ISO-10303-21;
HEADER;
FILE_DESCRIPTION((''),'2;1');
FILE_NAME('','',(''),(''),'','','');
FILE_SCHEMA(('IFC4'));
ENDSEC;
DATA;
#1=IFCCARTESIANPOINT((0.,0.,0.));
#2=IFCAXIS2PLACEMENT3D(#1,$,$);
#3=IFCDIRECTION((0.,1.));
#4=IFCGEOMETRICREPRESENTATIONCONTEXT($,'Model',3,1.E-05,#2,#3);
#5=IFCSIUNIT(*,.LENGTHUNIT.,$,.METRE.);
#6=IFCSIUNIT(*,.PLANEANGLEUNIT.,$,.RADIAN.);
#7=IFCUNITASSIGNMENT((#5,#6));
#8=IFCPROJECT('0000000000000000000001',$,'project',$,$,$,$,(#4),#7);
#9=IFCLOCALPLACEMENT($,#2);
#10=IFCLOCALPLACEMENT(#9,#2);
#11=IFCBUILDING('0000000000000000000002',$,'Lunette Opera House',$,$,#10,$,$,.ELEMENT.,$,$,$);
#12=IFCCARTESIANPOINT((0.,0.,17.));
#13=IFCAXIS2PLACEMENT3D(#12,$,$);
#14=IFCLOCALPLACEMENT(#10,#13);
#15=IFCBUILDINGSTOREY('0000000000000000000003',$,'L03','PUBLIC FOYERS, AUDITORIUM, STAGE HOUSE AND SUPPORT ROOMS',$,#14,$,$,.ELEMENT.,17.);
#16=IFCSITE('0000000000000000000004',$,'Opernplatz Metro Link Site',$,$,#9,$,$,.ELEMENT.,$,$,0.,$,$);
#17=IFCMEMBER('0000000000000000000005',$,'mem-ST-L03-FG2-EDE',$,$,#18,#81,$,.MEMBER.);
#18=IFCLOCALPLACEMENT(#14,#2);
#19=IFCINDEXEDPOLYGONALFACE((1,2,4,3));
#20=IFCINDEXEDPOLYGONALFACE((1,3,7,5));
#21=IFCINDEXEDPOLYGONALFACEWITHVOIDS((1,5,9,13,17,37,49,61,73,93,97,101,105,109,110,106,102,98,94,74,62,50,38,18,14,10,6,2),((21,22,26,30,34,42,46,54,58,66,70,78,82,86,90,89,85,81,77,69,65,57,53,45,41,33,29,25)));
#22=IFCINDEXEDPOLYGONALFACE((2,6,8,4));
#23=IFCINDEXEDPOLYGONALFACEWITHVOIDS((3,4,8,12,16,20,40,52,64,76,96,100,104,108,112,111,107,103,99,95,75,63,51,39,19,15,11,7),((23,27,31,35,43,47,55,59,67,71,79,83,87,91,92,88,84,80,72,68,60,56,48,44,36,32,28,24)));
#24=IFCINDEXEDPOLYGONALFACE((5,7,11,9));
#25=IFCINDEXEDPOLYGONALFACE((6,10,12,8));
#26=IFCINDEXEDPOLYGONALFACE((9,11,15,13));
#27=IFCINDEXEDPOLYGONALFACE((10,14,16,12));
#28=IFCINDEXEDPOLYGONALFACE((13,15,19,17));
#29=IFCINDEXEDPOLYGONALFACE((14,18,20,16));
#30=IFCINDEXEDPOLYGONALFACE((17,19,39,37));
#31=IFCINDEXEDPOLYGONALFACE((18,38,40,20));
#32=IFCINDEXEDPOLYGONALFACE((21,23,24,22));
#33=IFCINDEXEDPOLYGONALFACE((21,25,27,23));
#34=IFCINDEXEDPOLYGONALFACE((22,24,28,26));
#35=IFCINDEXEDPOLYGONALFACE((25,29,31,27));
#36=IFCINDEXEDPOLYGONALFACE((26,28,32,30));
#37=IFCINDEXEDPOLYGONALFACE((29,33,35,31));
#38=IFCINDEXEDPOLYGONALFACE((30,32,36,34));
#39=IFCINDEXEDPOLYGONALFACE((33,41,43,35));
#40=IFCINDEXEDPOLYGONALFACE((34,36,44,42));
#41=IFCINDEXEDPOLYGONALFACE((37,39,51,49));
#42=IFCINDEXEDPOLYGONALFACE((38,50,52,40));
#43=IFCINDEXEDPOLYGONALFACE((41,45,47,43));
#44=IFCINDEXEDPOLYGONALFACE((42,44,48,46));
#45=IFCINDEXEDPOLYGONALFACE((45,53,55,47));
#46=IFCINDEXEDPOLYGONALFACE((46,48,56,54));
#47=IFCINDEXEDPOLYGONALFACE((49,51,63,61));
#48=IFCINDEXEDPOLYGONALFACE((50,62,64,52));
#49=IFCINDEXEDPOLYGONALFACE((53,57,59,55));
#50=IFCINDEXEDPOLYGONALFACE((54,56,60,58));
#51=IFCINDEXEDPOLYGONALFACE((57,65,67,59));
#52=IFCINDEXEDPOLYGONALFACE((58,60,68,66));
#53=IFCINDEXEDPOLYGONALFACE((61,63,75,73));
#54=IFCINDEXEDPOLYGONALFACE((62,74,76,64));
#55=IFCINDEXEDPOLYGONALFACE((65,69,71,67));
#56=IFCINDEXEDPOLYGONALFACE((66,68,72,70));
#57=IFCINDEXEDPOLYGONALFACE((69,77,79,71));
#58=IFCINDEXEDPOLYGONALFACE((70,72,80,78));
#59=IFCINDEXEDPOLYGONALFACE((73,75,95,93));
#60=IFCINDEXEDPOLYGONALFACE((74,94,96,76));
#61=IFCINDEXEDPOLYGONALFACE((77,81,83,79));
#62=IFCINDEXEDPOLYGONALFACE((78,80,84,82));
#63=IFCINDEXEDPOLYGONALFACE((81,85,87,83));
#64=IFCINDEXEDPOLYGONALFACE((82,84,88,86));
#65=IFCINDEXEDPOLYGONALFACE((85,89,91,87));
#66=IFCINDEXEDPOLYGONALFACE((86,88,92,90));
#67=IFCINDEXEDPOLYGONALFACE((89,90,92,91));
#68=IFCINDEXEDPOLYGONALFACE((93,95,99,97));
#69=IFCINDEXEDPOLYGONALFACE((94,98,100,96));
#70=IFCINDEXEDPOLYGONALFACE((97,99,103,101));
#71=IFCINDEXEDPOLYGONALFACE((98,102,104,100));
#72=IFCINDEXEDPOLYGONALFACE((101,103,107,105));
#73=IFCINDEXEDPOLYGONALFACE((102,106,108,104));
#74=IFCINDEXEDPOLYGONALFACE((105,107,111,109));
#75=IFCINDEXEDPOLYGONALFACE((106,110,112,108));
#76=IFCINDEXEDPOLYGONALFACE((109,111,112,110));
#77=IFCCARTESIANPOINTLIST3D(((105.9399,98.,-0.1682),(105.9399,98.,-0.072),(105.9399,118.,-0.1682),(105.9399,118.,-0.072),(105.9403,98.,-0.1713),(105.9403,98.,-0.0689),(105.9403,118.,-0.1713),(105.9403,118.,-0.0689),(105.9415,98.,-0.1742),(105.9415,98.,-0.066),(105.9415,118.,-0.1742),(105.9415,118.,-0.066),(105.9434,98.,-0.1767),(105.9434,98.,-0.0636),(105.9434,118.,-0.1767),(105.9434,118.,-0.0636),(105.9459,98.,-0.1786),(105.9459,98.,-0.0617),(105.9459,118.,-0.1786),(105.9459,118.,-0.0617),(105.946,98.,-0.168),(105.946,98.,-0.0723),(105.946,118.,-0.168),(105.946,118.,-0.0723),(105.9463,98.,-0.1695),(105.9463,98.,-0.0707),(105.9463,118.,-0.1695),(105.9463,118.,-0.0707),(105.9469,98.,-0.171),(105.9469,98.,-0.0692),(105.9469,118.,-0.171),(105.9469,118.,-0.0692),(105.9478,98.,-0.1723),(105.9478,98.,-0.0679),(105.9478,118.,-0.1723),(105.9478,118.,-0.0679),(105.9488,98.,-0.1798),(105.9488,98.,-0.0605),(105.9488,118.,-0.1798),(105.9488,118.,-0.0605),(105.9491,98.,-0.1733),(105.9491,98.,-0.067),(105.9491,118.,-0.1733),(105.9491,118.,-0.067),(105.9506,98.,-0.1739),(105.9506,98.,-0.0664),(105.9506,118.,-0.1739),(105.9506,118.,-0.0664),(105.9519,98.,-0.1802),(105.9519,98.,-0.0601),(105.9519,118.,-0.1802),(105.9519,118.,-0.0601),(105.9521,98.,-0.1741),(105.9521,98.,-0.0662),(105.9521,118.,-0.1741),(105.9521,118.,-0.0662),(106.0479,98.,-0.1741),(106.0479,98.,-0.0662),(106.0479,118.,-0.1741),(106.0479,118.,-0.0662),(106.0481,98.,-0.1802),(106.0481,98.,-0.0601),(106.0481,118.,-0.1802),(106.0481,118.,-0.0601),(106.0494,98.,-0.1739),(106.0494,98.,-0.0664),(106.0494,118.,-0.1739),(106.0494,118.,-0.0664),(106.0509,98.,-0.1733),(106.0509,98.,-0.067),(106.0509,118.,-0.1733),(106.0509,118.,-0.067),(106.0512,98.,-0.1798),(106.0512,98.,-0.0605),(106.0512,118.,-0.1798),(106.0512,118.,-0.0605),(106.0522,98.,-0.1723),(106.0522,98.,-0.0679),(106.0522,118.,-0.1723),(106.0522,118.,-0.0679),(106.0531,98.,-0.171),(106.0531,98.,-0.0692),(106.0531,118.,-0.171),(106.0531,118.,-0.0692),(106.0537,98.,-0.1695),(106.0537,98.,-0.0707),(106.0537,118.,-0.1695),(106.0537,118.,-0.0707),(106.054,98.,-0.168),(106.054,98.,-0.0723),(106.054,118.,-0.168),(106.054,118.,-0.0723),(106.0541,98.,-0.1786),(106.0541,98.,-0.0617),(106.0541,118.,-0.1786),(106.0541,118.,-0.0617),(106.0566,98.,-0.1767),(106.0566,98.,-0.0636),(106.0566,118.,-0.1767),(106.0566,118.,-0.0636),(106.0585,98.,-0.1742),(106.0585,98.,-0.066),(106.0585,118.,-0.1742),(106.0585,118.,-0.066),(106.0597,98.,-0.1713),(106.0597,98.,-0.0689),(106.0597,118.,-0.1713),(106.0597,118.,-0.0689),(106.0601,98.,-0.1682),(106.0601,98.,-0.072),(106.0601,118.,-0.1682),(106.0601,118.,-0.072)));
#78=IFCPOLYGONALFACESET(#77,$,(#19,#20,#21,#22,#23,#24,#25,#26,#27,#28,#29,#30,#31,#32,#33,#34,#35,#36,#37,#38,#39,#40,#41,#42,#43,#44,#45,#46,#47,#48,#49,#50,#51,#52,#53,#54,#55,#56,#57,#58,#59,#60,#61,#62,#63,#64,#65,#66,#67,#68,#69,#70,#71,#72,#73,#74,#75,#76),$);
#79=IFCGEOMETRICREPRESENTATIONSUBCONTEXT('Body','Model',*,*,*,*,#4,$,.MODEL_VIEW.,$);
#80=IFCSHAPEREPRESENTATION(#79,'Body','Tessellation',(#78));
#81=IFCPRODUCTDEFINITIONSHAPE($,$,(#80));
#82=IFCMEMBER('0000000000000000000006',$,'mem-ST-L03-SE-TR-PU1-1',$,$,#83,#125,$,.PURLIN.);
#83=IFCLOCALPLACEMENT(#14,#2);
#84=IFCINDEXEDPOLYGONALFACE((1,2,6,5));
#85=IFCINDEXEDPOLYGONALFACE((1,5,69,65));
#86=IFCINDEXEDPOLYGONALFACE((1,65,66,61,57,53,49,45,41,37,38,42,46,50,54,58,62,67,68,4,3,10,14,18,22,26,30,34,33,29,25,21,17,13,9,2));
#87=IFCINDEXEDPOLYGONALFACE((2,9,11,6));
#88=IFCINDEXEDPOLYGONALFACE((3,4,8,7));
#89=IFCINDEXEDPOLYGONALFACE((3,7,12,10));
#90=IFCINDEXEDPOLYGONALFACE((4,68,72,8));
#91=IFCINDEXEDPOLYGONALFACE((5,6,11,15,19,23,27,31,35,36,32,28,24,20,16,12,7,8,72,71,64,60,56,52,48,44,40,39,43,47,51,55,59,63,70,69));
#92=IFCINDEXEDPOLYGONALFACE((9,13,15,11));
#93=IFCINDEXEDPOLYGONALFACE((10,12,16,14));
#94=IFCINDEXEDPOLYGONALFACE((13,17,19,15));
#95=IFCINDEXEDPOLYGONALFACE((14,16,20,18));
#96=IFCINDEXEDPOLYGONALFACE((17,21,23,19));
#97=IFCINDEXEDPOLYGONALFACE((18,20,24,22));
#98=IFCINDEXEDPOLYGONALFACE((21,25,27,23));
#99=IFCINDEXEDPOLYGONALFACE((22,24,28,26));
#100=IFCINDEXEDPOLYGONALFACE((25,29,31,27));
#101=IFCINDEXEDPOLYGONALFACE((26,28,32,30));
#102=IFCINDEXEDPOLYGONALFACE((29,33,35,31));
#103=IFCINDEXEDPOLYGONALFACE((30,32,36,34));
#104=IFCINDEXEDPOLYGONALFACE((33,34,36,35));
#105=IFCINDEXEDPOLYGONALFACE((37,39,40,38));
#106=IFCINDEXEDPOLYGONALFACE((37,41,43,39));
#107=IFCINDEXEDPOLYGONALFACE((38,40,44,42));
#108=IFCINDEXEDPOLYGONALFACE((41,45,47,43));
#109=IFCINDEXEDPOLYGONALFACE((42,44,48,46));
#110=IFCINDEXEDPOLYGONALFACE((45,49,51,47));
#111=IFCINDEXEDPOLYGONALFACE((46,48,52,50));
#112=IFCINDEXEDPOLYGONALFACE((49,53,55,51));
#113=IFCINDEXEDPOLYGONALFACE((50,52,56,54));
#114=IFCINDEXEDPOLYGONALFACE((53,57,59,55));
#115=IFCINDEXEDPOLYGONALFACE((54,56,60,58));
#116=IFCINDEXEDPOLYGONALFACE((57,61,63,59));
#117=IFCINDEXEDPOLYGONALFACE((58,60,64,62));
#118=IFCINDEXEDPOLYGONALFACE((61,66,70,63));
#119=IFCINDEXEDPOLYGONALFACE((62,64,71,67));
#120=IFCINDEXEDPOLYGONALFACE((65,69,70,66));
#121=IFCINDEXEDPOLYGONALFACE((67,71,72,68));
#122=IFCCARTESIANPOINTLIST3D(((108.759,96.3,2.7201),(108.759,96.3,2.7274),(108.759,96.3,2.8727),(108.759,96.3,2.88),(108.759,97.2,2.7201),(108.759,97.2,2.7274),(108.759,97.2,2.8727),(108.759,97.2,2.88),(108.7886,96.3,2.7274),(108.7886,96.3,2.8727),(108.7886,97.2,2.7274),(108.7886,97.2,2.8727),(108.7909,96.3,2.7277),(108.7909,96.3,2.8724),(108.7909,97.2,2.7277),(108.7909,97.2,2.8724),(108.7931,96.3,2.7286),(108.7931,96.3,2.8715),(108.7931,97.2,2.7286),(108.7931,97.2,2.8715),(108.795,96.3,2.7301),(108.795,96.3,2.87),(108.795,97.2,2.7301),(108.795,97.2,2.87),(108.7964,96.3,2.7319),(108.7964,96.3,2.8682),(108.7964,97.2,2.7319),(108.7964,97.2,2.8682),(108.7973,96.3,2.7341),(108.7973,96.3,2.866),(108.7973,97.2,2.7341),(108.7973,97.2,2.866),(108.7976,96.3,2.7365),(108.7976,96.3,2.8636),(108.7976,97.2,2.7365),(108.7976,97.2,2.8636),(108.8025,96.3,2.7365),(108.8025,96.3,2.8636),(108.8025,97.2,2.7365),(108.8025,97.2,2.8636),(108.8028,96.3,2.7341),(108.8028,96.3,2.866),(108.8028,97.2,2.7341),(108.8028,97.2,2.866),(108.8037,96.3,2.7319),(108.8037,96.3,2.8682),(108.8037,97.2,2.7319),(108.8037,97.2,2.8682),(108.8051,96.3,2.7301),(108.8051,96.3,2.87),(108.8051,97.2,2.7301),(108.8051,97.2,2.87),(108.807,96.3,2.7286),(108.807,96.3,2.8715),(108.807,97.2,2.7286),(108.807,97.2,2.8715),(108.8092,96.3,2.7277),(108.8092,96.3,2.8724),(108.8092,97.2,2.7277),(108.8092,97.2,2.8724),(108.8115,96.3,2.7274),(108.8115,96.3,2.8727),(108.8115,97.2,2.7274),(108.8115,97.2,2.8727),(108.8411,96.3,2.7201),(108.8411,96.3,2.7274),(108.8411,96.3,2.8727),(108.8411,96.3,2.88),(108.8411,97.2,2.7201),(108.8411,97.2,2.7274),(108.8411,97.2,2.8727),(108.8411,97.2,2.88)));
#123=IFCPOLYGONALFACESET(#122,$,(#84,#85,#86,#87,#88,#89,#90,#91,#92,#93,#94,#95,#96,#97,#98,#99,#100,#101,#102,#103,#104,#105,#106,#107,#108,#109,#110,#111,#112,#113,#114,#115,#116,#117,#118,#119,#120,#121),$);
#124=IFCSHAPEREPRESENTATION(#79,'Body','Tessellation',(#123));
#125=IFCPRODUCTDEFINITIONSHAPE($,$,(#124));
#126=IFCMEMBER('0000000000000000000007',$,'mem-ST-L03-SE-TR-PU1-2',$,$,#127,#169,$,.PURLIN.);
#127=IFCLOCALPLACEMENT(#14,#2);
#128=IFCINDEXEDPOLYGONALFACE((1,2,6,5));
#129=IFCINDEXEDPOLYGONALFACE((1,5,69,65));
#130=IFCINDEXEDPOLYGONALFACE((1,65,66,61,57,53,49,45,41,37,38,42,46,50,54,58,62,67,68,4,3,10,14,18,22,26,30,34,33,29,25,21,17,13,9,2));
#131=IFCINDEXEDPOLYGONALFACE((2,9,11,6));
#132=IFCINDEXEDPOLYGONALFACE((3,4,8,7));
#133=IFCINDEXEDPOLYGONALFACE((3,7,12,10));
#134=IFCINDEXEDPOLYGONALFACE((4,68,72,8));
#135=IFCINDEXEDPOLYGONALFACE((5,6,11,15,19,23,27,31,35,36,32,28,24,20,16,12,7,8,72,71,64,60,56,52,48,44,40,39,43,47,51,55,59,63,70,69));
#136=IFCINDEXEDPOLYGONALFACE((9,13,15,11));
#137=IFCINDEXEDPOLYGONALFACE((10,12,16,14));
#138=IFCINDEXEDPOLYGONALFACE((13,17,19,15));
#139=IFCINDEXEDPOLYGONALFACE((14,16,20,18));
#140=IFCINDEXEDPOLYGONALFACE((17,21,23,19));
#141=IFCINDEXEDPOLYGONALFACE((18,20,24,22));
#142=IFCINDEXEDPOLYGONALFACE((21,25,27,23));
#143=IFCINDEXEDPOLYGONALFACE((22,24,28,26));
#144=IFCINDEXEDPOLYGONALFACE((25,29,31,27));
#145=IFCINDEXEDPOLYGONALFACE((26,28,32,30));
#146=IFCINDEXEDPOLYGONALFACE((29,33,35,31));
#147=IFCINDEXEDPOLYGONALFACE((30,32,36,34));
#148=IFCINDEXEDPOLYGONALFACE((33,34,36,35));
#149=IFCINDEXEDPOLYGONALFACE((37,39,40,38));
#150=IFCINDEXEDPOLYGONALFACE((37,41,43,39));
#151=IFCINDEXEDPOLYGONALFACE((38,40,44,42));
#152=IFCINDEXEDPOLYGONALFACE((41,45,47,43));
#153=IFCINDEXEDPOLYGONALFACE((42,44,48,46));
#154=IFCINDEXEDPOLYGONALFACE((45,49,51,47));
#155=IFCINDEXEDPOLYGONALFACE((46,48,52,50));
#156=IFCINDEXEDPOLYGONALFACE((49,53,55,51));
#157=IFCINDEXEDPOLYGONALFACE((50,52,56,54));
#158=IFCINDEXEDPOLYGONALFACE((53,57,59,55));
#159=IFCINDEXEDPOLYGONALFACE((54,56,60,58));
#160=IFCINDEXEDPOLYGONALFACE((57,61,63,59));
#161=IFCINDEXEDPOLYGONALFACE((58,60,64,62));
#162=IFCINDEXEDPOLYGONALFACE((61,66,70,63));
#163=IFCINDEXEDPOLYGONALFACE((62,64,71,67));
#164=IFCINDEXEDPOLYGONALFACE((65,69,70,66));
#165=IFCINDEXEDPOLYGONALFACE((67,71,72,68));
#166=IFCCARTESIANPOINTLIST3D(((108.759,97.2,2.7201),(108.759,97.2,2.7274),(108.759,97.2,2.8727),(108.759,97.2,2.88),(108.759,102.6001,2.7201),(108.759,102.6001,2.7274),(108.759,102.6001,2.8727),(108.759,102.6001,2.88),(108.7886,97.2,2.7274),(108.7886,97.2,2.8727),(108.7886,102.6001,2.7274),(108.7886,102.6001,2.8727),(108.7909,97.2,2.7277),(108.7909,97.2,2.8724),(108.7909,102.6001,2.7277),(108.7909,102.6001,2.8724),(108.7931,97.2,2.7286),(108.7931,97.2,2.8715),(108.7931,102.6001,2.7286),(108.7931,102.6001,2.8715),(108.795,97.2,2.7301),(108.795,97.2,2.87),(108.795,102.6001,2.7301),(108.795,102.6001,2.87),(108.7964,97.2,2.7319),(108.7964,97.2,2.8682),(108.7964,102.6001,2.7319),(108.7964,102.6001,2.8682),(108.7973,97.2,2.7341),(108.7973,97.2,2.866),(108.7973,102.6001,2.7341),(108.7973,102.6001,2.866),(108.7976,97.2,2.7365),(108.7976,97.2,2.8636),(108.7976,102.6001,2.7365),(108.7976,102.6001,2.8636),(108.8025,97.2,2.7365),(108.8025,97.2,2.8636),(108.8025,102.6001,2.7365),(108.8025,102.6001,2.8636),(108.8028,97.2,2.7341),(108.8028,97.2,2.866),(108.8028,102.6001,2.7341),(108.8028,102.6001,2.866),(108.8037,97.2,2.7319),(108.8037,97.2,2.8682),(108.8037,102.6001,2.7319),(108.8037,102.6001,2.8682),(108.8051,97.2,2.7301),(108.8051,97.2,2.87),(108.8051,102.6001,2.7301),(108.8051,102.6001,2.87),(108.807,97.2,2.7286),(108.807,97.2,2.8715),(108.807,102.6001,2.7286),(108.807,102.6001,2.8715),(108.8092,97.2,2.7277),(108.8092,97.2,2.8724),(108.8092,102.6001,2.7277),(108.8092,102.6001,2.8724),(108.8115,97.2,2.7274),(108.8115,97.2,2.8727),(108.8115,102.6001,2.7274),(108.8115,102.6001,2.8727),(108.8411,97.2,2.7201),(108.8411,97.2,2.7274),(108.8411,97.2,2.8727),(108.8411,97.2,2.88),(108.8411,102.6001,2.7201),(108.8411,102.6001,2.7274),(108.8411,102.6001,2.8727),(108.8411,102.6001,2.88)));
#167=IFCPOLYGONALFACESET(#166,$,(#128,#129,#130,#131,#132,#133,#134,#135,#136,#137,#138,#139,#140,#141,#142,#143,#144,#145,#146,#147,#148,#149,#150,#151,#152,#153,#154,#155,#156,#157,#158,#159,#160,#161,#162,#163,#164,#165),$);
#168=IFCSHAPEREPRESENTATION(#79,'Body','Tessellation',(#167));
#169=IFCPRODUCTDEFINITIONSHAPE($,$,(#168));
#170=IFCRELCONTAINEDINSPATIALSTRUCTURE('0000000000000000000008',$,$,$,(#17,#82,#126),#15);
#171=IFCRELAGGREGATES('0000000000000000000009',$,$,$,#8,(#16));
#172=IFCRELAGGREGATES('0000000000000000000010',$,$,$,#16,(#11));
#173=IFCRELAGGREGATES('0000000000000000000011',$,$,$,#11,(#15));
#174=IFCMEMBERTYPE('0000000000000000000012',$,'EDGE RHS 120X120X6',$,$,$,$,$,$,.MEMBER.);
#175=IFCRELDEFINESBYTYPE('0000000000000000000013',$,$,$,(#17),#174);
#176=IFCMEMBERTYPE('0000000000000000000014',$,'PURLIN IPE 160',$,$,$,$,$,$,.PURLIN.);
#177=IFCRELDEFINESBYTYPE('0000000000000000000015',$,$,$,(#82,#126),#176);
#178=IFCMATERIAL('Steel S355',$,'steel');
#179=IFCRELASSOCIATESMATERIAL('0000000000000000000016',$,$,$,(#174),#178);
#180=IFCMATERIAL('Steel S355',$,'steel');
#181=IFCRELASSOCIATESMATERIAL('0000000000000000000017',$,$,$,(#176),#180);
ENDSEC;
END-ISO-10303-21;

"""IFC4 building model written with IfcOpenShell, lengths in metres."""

from ifc_helpers import new_model, si_unit, direction, frame, origin, origin_2d, place, context, subcontext, project, spatial, hollow_rectangle, i_section, extrude, material, material_profile, profile_set, type_object, element, save


model = new_model("IFC4")

# Units and contexts
model_context = context("Model", 3, precision=1e-05, world=origin(), true_north=direction((0.0, 1.0)))
body_context = subcontext(model_context, "Body", "Model", "MODEL_VIEW")
ifc_project = project(units=[si_unit("LENGTHUNIT", "METRE"), si_unit("PLANEANGLEUNIT", "RADIAN")], contexts=[model_context])

# Site, building, storey
site_placement = place(None, origin())
site = spatial("IfcSite", under=ifc_project, at=site_placement, Name="Opernplatz Metro Link Site", CompositionType="ELEMENT", RefElevation=0.0)
building_placement = place(site_placement, origin())
building = spatial("IfcBuilding", under=site, at=building_placement, Name="Lunette Opera House", CompositionType="ELEMENT")
storey_placement = place(building_placement, frame((0.0, 0.0, 17.0)))
storey = spatial("IfcBuildingStorey", under=building, at=storey_placement, Name="L03", Description="PUBLIC FOYERS, AUDITORIUM, STAGE HOUSE AND SUPPORT ROOMS", CompositionType="ELEMENT", Elevation=17.0)

# Members
ifc_material_1 = material(Name="Steel S355", Category="steel")
ifc_material_profile_1 = material_profile(ifc_material_1, hollow_rectangle(XDim=0.1201, YDim=0.1201, WallThickness=0.0061, InnerFilletRadius=0.0061, OuterFilletRadius=0.012, at=origin_2d()), Name="RHS 120X120X6")
ifc_profile_set_1 = profile_set([ifc_material_profile_1], Name="Steel S355")
member_type_1 = type_object("IfcMemberType", Name="EDGE RHS 120X120X6", PredefinedType="MEMBER", material=ifc_profile_set_1)
member_1_placement = place(storey_placement, frame((106.0, 98.0, -0.1201), z_axis=(0.0, 1.0, 0.0), x_axis=(-1.0, 0.0, 0.0)))
element("IfcMember", 1, at=member_1_placement, inside=storey, type_object=member_type_1, Name="mem-ST-L03-FG2-EDE", PredefinedType="MEMBER", context=body_context, shape_type="SweptSolid", body=[
    extrude(hollow_rectangle(XDim=0.1201, YDim=0.1201, WallThickness=0.0061, InnerFilletRadius=0.0061, OuterFilletRadius=0.012, at=origin_2d()), origin(), (0.0, 0.0, 1.0), 20.0),
])
ifc_material_2 = material(Name="Steel S355", Category="steel")
ifc_material_profile_2 = material_profile(ifc_material_2, i_section(OverallWidth=0.082, OverallDepth=0.1599, WebThickness=0.0049, FlangeThickness=0.0073, FilletRadius=0.009, at=origin_2d()), Name="IPE 160")
ifc_profile_set_2 = profile_set([ifc_material_profile_2], Name="Steel S355")
member_type_2 = type_object("IfcMemberType", Name="PURLIN IPE 160", PredefinedType="PURLIN", material=ifc_profile_set_2)
member_2_placement = place(storey_placement, frame((108.8, 96.3, 2.8), z_axis=(0.0, 1.0, 0.0), x_axis=(-1.0, 0.0, 0.0)))
element("IfcMember", 2, at=member_2_placement, inside=storey, type_object=member_type_2, Name="mem-ST-L03-SE-TR-PU1-1", PredefinedType="PURLIN", context=body_context, shape_type="SweptSolid", body=[
    extrude(i_section(OverallWidth=0.082, OverallDepth=0.1599, WebThickness=0.0049, FlangeThickness=0.0073, FilletRadius=0.009, at=origin_2d()), origin(), (0.0, 0.0, 1.0), 0.8999),
])
member_3_placement = place(storey_placement, frame((108.8, 97.2, 2.8), z_axis=(0.0, 1.0, 0.0), x_axis=(-1.0, 0.0, 0.0)))
element("IfcMember", 3, at=member_3_placement, inside=storey, type_object=member_type_2, Name="mem-ST-L03-SE-TR-PU1-2", PredefinedType="PURLIN", context=body_context, shape_type="SweptSolid", body=[
    extrude(i_section(OverallWidth=0.082, OverallDepth=0.1599, WebThickness=0.0049, FlangeThickness=0.0073, FilletRadius=0.009, at=origin_2d()), origin(), (0.0, 0.0, 1.0), 5.4001),
])

save(model, "model.ifc")
